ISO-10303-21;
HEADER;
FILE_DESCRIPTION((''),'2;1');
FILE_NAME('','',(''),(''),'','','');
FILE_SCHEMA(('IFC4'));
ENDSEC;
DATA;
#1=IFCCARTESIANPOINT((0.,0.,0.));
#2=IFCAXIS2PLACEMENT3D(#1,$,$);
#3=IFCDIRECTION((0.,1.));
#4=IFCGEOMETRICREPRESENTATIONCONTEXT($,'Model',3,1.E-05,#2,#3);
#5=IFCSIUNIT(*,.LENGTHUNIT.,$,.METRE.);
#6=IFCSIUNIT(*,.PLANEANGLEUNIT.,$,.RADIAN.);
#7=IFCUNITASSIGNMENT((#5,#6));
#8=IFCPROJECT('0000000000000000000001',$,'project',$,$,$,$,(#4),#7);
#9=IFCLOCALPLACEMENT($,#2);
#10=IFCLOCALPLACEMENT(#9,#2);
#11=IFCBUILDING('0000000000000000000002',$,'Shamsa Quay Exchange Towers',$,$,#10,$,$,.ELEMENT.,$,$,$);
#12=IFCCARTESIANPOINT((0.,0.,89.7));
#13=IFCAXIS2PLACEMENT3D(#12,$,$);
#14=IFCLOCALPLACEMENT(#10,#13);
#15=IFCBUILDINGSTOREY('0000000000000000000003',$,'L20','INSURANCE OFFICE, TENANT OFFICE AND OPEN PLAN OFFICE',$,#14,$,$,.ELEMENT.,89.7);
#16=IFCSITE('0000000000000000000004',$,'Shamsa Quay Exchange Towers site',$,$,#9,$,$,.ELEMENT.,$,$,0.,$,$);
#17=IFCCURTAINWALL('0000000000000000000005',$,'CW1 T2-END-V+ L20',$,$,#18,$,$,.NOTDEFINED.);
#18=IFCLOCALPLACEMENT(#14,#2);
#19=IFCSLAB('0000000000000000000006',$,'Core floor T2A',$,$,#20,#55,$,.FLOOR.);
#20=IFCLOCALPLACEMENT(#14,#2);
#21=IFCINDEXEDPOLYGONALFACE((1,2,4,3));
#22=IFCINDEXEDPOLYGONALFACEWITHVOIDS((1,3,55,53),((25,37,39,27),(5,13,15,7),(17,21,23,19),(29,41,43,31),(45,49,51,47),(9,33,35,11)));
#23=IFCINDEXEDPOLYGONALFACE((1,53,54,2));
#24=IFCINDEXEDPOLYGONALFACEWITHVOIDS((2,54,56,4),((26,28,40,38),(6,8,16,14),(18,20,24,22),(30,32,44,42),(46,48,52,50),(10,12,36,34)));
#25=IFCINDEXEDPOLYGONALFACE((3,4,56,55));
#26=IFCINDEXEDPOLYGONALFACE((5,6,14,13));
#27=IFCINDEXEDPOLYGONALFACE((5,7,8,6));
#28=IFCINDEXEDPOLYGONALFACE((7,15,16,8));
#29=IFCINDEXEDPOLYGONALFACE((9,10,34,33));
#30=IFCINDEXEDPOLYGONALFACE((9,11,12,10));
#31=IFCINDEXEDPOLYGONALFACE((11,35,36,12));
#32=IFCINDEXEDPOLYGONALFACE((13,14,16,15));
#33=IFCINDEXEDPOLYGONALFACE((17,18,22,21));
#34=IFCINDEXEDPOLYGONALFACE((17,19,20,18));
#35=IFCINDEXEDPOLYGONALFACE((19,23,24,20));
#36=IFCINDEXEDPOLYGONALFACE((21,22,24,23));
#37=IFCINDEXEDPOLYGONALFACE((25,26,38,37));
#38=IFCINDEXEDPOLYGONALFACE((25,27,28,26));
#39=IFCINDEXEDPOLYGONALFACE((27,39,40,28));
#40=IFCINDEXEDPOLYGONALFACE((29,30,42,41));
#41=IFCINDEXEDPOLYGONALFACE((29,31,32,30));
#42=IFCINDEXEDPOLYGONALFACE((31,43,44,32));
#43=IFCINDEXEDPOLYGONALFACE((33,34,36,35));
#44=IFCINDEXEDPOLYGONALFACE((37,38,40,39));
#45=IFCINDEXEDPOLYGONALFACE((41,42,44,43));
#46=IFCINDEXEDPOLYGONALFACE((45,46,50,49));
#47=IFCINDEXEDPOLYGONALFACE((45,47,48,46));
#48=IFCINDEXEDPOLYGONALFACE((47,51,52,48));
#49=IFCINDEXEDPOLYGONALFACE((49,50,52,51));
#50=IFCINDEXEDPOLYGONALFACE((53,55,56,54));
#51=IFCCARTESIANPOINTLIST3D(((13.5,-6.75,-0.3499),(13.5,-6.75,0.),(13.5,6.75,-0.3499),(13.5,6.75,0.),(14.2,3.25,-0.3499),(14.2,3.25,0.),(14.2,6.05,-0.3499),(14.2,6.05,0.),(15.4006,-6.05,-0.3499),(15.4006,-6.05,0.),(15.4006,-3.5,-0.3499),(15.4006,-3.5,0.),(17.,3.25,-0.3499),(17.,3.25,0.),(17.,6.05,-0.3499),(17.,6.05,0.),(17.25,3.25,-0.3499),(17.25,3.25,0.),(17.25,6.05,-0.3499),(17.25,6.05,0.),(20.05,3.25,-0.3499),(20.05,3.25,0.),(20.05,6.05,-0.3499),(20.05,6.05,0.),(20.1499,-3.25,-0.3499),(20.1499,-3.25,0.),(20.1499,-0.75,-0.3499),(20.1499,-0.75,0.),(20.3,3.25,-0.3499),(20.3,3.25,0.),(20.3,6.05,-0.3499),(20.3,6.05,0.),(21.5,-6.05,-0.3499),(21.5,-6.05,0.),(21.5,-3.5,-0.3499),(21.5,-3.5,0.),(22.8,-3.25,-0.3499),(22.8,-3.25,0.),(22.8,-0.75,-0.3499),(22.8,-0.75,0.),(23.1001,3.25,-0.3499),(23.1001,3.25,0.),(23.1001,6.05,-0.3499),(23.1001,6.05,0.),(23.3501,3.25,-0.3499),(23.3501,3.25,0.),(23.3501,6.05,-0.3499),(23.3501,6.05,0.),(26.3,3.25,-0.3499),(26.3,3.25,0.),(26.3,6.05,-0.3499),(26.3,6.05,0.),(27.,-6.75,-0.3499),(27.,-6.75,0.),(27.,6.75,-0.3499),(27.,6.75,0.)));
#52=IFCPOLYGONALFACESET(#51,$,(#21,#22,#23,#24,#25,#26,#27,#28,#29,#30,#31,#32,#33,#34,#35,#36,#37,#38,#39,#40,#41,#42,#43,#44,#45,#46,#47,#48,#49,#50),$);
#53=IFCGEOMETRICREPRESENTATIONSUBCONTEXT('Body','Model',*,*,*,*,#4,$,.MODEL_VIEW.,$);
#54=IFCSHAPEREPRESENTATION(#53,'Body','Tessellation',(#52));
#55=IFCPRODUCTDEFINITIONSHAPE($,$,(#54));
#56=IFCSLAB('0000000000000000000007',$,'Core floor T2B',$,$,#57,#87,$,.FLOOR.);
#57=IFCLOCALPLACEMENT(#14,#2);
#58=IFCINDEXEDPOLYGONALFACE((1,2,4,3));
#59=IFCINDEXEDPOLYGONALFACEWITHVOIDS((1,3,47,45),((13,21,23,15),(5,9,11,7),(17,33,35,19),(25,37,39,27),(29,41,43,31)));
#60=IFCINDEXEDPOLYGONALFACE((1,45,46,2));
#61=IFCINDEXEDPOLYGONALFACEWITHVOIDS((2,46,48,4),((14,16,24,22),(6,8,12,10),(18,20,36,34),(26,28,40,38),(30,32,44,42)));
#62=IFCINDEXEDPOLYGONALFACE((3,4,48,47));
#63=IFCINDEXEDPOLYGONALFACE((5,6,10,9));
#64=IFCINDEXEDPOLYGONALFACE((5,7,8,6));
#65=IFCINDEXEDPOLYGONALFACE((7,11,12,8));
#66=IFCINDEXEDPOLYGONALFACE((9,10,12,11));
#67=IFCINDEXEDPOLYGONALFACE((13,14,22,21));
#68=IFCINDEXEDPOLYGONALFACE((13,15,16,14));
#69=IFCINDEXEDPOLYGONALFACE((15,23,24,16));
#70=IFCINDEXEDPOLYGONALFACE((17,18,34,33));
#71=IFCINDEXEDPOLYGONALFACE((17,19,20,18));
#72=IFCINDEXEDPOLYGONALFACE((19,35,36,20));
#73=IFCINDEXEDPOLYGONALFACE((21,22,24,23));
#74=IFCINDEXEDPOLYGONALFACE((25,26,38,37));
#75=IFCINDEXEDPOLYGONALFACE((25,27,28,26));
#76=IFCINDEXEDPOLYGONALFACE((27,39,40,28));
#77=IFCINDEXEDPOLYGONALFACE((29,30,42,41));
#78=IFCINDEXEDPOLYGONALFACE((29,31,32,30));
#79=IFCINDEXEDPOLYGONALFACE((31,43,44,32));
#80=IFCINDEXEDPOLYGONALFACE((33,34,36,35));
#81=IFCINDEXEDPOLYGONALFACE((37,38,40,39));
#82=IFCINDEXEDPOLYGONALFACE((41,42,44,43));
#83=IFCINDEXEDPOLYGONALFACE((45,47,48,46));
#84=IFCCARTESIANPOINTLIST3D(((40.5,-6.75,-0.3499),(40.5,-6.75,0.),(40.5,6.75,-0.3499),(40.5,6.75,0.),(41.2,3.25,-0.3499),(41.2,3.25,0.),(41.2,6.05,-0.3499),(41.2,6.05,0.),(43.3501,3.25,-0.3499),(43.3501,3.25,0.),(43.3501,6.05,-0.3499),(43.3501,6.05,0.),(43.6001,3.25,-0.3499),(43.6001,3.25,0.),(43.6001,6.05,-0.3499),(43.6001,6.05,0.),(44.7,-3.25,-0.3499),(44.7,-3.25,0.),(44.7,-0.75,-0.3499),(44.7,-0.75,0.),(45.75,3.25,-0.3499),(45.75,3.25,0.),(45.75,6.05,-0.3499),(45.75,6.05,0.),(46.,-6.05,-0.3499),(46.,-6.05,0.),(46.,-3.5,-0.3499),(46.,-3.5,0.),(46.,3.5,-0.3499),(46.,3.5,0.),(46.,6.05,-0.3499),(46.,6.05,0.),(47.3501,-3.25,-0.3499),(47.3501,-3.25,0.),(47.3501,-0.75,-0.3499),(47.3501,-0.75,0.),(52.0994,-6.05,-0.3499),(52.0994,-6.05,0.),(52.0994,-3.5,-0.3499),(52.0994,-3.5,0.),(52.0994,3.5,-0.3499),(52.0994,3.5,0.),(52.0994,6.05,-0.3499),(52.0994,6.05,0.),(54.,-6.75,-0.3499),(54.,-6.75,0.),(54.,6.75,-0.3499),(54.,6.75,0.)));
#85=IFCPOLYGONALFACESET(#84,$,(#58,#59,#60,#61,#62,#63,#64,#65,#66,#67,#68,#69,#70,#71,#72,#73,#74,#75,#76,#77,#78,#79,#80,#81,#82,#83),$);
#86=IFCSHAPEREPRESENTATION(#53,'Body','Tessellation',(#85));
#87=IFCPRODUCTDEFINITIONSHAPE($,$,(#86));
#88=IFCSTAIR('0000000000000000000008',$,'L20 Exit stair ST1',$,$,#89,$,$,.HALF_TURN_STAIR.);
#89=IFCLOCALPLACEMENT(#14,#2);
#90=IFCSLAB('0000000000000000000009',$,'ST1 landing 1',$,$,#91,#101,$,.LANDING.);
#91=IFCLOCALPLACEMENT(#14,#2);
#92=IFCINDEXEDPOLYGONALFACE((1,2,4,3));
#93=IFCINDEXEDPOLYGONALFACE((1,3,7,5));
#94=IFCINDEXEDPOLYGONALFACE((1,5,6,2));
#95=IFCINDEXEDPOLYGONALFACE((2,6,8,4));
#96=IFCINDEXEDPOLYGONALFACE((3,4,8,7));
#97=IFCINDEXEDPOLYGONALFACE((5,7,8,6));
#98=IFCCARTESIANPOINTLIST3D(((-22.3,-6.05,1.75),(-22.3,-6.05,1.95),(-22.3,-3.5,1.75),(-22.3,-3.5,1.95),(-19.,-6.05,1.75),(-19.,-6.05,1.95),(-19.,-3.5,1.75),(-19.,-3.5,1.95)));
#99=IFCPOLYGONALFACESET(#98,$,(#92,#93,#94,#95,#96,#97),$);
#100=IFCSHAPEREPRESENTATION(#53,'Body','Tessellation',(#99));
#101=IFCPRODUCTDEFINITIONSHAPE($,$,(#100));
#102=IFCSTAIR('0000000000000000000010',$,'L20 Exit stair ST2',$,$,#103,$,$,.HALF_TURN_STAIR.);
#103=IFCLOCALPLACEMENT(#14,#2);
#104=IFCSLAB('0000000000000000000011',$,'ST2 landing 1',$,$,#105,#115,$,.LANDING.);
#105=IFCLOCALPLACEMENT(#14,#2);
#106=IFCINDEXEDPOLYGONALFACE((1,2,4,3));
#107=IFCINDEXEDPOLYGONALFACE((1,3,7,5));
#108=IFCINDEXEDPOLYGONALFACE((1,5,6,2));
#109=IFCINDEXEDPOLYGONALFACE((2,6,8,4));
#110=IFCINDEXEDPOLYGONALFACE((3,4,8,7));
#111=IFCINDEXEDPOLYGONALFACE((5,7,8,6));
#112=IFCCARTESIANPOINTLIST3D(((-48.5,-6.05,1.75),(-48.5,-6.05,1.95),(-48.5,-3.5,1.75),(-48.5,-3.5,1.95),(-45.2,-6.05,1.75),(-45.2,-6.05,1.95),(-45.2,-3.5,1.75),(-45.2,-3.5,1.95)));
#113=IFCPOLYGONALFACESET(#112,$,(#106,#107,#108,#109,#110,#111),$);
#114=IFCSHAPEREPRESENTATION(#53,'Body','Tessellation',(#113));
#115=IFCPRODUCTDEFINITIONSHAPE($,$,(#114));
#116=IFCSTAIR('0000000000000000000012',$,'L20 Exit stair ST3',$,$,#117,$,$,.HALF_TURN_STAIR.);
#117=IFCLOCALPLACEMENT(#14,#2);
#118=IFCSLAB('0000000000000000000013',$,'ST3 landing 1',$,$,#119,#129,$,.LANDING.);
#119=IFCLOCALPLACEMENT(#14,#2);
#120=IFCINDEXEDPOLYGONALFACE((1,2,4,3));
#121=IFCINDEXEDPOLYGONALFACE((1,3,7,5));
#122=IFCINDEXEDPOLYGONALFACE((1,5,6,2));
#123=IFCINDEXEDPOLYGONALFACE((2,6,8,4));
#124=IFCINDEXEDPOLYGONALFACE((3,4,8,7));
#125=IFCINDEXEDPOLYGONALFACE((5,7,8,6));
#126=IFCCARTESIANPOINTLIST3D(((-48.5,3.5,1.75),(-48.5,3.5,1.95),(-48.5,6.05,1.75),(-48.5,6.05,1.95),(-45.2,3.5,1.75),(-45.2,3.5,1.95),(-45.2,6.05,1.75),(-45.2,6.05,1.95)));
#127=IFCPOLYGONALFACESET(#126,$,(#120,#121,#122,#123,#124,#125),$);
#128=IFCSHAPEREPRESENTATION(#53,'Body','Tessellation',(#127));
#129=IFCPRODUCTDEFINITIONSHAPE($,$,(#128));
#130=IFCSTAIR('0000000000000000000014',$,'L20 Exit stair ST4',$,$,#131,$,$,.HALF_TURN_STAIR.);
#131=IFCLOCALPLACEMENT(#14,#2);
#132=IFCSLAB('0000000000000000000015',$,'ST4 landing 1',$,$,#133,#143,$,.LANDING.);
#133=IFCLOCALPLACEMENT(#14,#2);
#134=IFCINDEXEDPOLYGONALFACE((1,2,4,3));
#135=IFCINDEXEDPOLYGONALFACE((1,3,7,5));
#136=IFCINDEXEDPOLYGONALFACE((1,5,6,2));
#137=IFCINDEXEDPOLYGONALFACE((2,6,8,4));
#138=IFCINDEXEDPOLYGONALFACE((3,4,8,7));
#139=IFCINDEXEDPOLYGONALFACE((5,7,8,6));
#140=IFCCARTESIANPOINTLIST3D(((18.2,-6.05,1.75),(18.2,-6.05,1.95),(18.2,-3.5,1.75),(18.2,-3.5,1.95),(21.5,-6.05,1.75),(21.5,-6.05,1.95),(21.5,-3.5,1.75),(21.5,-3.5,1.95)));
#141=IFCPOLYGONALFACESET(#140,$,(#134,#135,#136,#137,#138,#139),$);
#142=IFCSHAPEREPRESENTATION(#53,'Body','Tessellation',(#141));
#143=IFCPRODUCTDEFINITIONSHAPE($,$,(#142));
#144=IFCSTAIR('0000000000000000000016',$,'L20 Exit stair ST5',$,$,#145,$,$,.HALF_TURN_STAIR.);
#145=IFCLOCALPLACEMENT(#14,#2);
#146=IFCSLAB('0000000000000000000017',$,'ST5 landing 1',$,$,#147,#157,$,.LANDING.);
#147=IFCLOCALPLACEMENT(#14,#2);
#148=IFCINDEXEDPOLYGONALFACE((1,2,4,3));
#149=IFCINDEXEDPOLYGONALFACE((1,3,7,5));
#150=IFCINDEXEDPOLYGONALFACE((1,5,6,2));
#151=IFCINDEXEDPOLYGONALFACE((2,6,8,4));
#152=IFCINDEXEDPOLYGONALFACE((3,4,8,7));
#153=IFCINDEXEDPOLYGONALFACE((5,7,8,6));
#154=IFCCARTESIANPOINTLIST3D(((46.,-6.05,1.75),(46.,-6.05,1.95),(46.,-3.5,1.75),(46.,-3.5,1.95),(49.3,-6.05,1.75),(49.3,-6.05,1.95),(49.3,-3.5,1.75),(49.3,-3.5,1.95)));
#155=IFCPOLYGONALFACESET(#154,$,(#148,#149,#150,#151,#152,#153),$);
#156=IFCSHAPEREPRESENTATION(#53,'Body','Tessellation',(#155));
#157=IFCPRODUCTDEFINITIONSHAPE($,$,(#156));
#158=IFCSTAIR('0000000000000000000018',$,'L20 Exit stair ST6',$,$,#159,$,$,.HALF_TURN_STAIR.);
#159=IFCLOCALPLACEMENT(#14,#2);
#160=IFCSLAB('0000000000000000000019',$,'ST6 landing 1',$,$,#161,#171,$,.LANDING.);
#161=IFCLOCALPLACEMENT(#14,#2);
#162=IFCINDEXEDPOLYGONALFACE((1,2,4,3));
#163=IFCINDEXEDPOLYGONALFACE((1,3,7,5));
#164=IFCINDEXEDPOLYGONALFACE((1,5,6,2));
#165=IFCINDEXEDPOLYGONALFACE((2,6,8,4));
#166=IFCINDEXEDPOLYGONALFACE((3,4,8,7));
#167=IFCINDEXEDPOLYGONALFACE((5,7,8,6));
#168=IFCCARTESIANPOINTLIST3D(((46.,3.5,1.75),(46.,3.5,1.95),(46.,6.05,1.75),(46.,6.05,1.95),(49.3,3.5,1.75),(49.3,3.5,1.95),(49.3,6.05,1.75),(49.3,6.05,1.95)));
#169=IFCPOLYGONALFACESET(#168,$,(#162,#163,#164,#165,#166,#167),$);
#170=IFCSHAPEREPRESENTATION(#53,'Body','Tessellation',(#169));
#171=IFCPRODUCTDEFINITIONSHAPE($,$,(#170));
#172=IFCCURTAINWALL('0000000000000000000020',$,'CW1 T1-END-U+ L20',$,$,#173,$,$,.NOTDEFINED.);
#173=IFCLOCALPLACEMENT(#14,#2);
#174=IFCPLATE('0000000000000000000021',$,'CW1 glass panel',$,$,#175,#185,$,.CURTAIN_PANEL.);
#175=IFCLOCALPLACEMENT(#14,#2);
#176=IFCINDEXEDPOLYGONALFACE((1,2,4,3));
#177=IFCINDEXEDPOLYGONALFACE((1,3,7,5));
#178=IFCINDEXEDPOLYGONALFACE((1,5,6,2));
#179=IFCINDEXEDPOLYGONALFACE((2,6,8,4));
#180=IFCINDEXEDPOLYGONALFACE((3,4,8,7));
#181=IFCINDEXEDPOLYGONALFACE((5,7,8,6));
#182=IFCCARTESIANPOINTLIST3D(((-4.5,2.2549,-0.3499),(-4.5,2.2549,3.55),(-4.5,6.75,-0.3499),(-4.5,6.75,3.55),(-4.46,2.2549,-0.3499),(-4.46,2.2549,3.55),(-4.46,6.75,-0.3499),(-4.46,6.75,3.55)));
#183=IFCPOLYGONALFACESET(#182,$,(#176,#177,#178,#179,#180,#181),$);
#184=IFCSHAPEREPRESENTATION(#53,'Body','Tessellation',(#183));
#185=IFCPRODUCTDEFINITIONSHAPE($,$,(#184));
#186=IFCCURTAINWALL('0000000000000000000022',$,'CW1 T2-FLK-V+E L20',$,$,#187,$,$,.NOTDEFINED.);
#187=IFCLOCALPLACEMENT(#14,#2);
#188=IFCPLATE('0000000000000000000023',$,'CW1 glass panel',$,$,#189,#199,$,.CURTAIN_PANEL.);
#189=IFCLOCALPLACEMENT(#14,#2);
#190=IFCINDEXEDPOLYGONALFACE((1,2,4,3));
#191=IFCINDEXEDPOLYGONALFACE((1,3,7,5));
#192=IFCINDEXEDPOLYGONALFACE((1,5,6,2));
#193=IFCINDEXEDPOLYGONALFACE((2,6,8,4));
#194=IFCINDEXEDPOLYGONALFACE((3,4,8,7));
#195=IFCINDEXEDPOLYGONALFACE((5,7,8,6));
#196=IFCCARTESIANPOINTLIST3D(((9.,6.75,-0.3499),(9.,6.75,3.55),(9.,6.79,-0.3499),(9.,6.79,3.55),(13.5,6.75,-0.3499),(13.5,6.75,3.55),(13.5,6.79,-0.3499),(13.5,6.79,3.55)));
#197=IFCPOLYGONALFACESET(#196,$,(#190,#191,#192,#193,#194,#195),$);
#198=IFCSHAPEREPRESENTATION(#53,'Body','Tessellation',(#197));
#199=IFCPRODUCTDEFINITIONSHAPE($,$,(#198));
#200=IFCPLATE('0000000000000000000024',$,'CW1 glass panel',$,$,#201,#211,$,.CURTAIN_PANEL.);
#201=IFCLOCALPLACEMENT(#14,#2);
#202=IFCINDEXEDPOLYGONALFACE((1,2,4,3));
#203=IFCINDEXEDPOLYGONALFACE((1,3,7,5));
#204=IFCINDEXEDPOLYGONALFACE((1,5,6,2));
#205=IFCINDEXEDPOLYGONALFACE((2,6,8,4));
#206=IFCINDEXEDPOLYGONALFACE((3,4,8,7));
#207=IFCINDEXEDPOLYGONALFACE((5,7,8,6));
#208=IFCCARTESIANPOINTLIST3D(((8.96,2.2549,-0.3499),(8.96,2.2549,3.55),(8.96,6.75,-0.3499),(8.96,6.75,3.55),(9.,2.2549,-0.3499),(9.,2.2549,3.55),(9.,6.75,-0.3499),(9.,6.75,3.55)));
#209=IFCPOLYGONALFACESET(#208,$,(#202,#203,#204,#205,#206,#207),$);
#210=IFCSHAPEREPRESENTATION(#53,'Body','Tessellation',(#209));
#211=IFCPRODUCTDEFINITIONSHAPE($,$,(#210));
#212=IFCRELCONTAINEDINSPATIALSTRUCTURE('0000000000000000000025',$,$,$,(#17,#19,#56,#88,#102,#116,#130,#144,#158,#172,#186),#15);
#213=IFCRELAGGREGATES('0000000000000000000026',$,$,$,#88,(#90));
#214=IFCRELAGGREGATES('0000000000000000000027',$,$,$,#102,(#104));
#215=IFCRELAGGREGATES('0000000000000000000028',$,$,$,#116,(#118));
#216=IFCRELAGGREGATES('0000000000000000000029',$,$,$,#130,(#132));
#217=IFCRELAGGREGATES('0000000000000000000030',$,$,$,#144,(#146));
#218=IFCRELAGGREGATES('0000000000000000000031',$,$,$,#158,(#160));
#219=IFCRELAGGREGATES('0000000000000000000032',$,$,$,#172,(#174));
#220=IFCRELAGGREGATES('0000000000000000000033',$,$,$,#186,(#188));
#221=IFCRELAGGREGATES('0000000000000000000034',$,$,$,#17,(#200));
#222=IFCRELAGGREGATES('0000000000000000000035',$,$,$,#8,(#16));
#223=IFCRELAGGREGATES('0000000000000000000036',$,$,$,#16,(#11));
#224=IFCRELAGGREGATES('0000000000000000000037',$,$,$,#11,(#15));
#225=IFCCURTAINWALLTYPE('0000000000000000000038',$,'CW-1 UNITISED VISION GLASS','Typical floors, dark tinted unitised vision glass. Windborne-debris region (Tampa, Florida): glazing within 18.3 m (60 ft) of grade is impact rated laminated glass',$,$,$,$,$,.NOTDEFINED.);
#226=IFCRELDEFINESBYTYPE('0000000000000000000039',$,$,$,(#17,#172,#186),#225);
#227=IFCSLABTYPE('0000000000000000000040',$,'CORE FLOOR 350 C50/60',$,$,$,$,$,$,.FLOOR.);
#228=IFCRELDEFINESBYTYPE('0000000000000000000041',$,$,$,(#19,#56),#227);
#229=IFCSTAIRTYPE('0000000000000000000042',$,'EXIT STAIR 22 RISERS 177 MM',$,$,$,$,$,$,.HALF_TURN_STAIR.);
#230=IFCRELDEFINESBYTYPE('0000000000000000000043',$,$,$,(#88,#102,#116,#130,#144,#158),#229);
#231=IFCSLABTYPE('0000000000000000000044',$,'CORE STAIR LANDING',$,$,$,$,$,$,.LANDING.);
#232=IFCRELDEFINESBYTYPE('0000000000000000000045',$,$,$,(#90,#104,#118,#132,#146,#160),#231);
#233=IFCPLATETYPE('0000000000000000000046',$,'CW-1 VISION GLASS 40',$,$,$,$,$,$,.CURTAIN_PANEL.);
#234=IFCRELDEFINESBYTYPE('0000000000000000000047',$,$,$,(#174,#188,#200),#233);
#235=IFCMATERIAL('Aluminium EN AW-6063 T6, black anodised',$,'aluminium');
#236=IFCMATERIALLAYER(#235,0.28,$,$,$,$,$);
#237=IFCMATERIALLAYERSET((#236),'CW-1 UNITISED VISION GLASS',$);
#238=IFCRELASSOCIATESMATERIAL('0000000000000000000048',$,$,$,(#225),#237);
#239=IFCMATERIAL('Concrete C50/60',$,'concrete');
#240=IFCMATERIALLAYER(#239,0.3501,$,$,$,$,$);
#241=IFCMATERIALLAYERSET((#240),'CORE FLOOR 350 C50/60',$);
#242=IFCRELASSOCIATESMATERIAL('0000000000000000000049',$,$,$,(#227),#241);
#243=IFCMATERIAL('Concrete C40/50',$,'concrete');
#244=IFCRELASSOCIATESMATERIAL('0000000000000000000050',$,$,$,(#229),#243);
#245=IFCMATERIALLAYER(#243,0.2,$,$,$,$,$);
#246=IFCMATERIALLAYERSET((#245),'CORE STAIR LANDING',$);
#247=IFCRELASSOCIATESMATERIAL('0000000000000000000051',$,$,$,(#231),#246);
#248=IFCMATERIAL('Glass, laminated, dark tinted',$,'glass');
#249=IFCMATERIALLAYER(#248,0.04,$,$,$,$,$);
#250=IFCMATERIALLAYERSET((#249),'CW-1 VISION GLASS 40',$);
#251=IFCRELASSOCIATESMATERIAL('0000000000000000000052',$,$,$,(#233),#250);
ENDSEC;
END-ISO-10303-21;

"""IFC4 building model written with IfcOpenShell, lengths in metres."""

from ifc_helpers import new_model, si_unit, direction, frame, origin, origin_2d, place, context, subcontext, project, spatial, polyline, rectangle, outline, extrude, material, layer, layer_set, type_object, element, aggregate, save


model = new_model("IFC4")

# Units and contexts
model_context = context("Model", 3, precision=1e-05, world=origin(), true_north=direction((0.0, 1.0)))
body_context = subcontext(model_context, "Body", "Model", "MODEL_VIEW")
ifc_project = project(units=[si_unit("LENGTHUNIT", "METRE"), si_unit("PLANEANGLEUNIT", "RADIAN")], contexts=[model_context])

# Site, building, storey
site_placement = place(None, origin())
site = spatial("IfcSite", under=ifc_project, at=site_placement, Name="Shamsa Quay Exchange Towers site", CompositionType="ELEMENT", RefElevation=0.0)
building_placement = place(site_placement, origin())
building = spatial("IfcBuilding", under=site, at=building_placement, Name="Shamsa Quay Exchange Towers", CompositionType="ELEMENT")
storey_placement = place(building_placement, frame((0.0, 0.0, 89.7)))
storey = spatial("IfcBuildingStorey", under=building, at=storey_placement, Name="L20", Description="INSURANCE OFFICE, TENANT OFFICE AND OPEN PLAN OFFICE", CompositionType="ELEMENT", Elevation=89.7)

# Curtain wall
ifc_material_1 = material(Name="Aluminium EN AW-6063 T6, black anodised", Category="aluminium")
ifc_layer_1 = layer(ifc_material_1, 0.28)
ifc_layer_set_1 = layer_set([ifc_layer_1], Name="CW-1 UNITISED VISION GLASS")
curtain_wall_type = type_object("IfcCurtainWallType", Name="CW-1 UNITISED VISION GLASS", Description="Typical floors, dark tinted unitised vision glass. Windborne-debris region (Tampa, Florida): glazing within 18.3 m (60 ft) of grade is impact rated laminated glass", PredefinedType="NOTDEFINED", material=ifc_layer_set_1)
curtain_wall_1_placement = place(storey_placement, origin())
curtain_wall_1 = element("IfcCurtainWall", 1, at=curtain_wall_1_placement, inside=storey, type_object=curtain_wall_type, Name="CW1 T2-END-V+ L20", PredefinedType="NOTDEFINED")

# Slabs
ifc_material_2 = material(Name="Concrete C50/60", Category="concrete")
ifc_layer_2 = layer(ifc_material_2, 0.3501)
ifc_layer_set_2 = layer_set([ifc_layer_2], Name="CORE FLOOR 350 C50/60")
slab_type_1 = type_object("IfcSlabType", Name="CORE FLOOR 350 C50/60", PredefinedType="FLOOR", material=ifc_layer_set_2)
slab_1_placement = place(storey_placement, frame((0.0, 0.0, -0.3499)))
element("IfcSlab", 2, at=slab_1_placement, inside=storey, type_object=slab_type_1, Name="Core floor T2A", PredefinedType="FLOOR", context=body_context, shape_type="SweptSolid", body=[
    extrude(outline(polyline([(13.5, -6.75), (27.0, -6.75), (27.0, 6.75), (13.5, 6.75), (13.5, -6.75)]), holes=[polyline([(15.4006, -6.05), (15.4006, -3.5), (21.5, -3.5), (21.5, -6.05), (15.4006, -6.05)]), polyline([(14.2, 3.25), (14.2, 6.05), (17.0, 6.05), (17.0, 3.25), (14.2, 3.25)]), polyline([(17.25, 3.25), (17.25, 6.05), (20.05, 6.05), (20.05, 3.25), (17.25, 3.25)]), polyline([(20.3, 3.25), (20.3, 6.05), (23.1001, 6.05), (23.1001, 3.25), (20.3, 3.25)]), polyline([(23.3501, 3.25), (23.3501, 6.05), (26.3, 6.05), (26.3, 3.25), (23.3501, 3.25)]), polyline([(20.1499, -3.25), (20.1499, -0.75), (22.8, -0.75), (22.8, -3.25), (20.1499, -3.25)])]), origin(), (0.0, 0.0, 1.0), 0.3499),
])
slab_2_placement = place(storey_placement, frame((0.0, 0.0, -0.3499)))
element("IfcSlab", 3, at=slab_2_placement, inside=storey, type_object=slab_type_1, Name="Core floor T2B", PredefinedType="FLOOR", context=body_context, shape_type="SweptSolid", body=[
    extrude(outline(polyline([(54.0, -6.75), (54.0, 6.75), (40.5, 6.75), (40.5, -6.75), (54.0, -6.75)]), holes=[polyline([(52.0994, -3.5), (52.0994, -6.05), (46.0, -6.05), (46.0, -3.5), (52.0994, -3.5)]), polyline([(52.0994, 6.05), (52.0994, 3.5), (46.0, 3.5), (46.0, 6.05), (52.0994, 6.05)]), polyline([(45.75, 3.25), (43.6001, 3.25), (43.6001, 6.05), (45.75, 6.05), (45.75, 3.25)]), polyline([(43.3501, 3.25), (41.2, 3.25), (41.2, 6.05), (43.3501, 6.05), (43.3501, 3.25)]), polyline([(47.3501, -3.25), (44.7, -3.25), (44.7, -0.75), (47.3501, -0.75), (47.3501, -3.25)])]), origin(), (0.0, 0.0, 1.0), 0.3499),
])

# Stairs, slabs
ifc_material_3 = material(Name="Concrete C40/50", Category="concrete")
stair_type = type_object("IfcStairType", Name="EXIT STAIR 22 RISERS 177 MM", PredefinedType="HALF_TURN_STAIR", material=ifc_material_3)
stair_1_placement = place(storey_placement, origin())
stair_1 = element("IfcStair", 4, at=stair_1_placement, inside=storey, type_object=stair_type, Name="L20 Exit stair ST1", PredefinedType="HALF_TURN_STAIR")
ifc_layer_3 = layer(ifc_material_3, 0.2)
ifc_layer_set_3 = layer_set([ifc_layer_3], Name="CORE STAIR LANDING")
slab_type_2 = type_object("IfcSlabType", Name="CORE STAIR LANDING", PredefinedType="LANDING", material=ifc_layer_set_3)
slab_3_placement = place(storey_placement, frame((0.0, 0.0, 1.75)))
slab_3 = element("IfcSlab", 5, at=slab_3_placement, type_object=slab_type_2, Name="ST1 landing 1", PredefinedType="LANDING", context=body_context, shape_type="SweptSolid", body=[
    extrude(outline(polyline([(-22.3, -6.05), (-19.0, -6.05), (-19.0, -3.5), (-22.3, -3.5), (-22.3, -6.05)])), origin(), (0.0, 0.0, 1.0), 0.2),
])
aggregate(stair_1, [slab_3])
stair_2_placement = place(storey_placement, origin())
stair_2 = element("IfcStair", 6, at=stair_2_placement, inside=storey, type_object=stair_type, Name="L20 Exit stair ST2", PredefinedType="HALF_TURN_STAIR")
slab_4_placement = place(storey_placement, frame((0.0, 0.0, 1.75)))
slab_4 = element("IfcSlab", 7, at=slab_4_placement, type_object=slab_type_2, Name="ST2 landing 1", PredefinedType="LANDING", context=body_context, shape_type="SweptSolid", body=[
    extrude(outline(polyline([(-45.2, -3.5), (-48.5, -3.5), (-48.5, -6.05), (-45.2, -6.05), (-45.2, -3.5)])), origin(), (0.0, 0.0, 1.0), 0.2),
])
aggregate(stair_2, [slab_4])
stair_3_placement = place(storey_placement, origin())
stair_3 = element("IfcStair", 8, at=stair_3_placement, inside=storey, type_object=stair_type, Name="L20 Exit stair ST3", PredefinedType="HALF_TURN_STAIR")
slab_5_placement = place(storey_placement, frame((0.0, 0.0, 1.75)))
slab_5 = element("IfcSlab", 9, at=slab_5_placement, type_object=slab_type_2, Name="ST3 landing 1", PredefinedType="LANDING", context=body_context, shape_type="SweptSolid", body=[
    extrude(outline(polyline([(-45.2, 6.05), (-48.5, 6.05), (-48.5, 3.5), (-45.2, 3.5), (-45.2, 6.05)])), origin(), (0.0, 0.0, 1.0), 0.2),
])
aggregate(stair_3, [slab_5])
stair_4_placement = place(storey_placement, origin())
stair_4 = element("IfcStair", 10, at=stair_4_placement, inside=storey, type_object=stair_type, Name="L20 Exit stair ST4", PredefinedType="HALF_TURN_STAIR")
slab_6_placement = place(storey_placement, frame((0.0, 0.0, 1.75)))
slab_6 = element("IfcSlab", 11, at=slab_6_placement, type_object=slab_type_2, Name="ST4 landing 1", PredefinedType="LANDING", context=body_context, shape_type="SweptSolid", body=[
    extrude(outline(polyline([(18.2, -6.05), (21.5, -6.05), (21.5, -3.5), (18.2, -3.5), (18.2, -6.05)])), origin(), (0.0, 0.0, 1.0), 0.2),
])
aggregate(stair_4, [slab_6])
stair_5_placement = place(storey_placement, origin())
stair_5 = element("IfcStair", 12, at=stair_5_placement, inside=storey, type_object=stair_type, Name="L20 Exit stair ST5", PredefinedType="HALF_TURN_STAIR")
slab_7_placement = place(storey_placement, frame((0.0, 0.0, 1.75)))
slab_7 = element("IfcSlab", 13, at=slab_7_placement, type_object=slab_type_2, Name="ST5 landing 1", PredefinedType="LANDING", context=body_context, shape_type="SweptSolid", body=[
    extrude(outline(polyline([(49.3, -3.5), (46.0, -3.5), (46.0, -6.05), (49.3, -6.05), (49.3, -3.5)])), origin(), (0.0, 0.0, 1.0), 0.2),
])
aggregate(stair_5, [slab_7])
stair_6_placement = place(storey_placement, origin())
stair_6 = element("IfcStair", 14, at=stair_6_placement, inside=storey, type_object=stair_type, Name="L20 Exit stair ST6", PredefinedType="HALF_TURN_STAIR")
slab_8_placement = place(storey_placement, frame((0.0, 0.0, 1.75)))
slab_8 = element("IfcSlab", 15, at=slab_8_placement, type_object=slab_type_2, Name="ST6 landing 1", PredefinedType="LANDING", context=body_context, shape_type="SweptSolid", body=[
    extrude(outline(polyline([(49.3, 6.05), (46.0, 6.05), (46.0, 3.5), (49.3, 3.5), (49.3, 6.05)])), origin(), (0.0, 0.0, 1.0), 0.2),
])
aggregate(stair_6, [slab_8])

# Curtain walls, plates
curtain_wall_2_placement = place(storey_placement, origin())
curtain_wall_2 = element("IfcCurtainWall", 16, at=curtain_wall_2_placement, inside=storey, type_object=curtain_wall_type, Name="CW1 T1-END-U+ L20", PredefinedType="NOTDEFINED")
ifc_material_4 = material(Name="Glass, laminated, dark tinted", Category="glass")
ifc_layer_4 = layer(ifc_material_4, 0.04)
ifc_layer_set_4 = layer_set([ifc_layer_4], Name="CW-1 VISION GLASS 40")
plate_type = type_object("IfcPlateType", Name="CW-1 VISION GLASS 40", PredefinedType="CURTAIN_PANEL", material=ifc_layer_set_4)
plate_1_placement = place(storey_placement, frame((-4.48, 4.5024, -0.3499), z_axis=(0.0, 0.0, 1.0), x_axis=(0.0, 1.0, 0.0)))
plate_1 = element("IfcPlate", 17, at=plate_1_placement, type_object=plate_type, Name="CW1 glass panel", PredefinedType="CURTAIN_PANEL", context=body_context, shape_type="SweptSolid", body=[
    extrude(rectangle(XDim=4.4951, YDim=0.04, at=origin_2d()), origin(), (0.0, 0.0, 1.0), 3.8999),
])
aggregate(curtain_wall_2, [plate_1])
curtain_wall_3_placement = place(storey_placement, origin())
curtain_wall_3 = element("IfcCurtainWall", 18, at=curtain_wall_3_placement, inside=storey, type_object=curtain_wall_type, Name="CW1 T2-FLK-V+E L20", PredefinedType="NOTDEFINED")
plate_2_placement = place(storey_placement, frame((11.25, 6.77, -0.3499), z_axis=(0.0, 0.0, 1.0), x_axis=(-1.0, 0.0, 0.0)))
plate_2 = element("IfcPlate", 19, at=plate_2_placement, type_object=plate_type, Name="CW1 glass panel", PredefinedType="CURTAIN_PANEL", context=body_context, shape_type="SweptSolid", body=[
    extrude(rectangle(XDim=4.5, YDim=0.04, at=origin_2d()), origin(), (0.0, 0.0, 1.0), 3.8999),
])
aggregate(curtain_wall_3, [plate_2])

# Plate
plate_3_placement = place(storey_placement, frame((8.98, 4.5024, -0.3499), z_axis=(0.0, 0.0, 1.0), x_axis=(0.0, -1.0, 0.0)))
plate_3 = element("IfcPlate", 20, at=plate_3_placement, type_object=plate_type, Name="CW1 glass panel", PredefinedType="CURTAIN_PANEL", context=body_context, shape_type="SweptSolid", body=[
    extrude(rectangle(XDim=4.4951, YDim=0.04, at=origin_2d()), origin(), (0.0, 0.0, 1.0), 3.8999),
])
aggregate(curtain_wall_1, [plate_3])

save(model, "model.ifc")
